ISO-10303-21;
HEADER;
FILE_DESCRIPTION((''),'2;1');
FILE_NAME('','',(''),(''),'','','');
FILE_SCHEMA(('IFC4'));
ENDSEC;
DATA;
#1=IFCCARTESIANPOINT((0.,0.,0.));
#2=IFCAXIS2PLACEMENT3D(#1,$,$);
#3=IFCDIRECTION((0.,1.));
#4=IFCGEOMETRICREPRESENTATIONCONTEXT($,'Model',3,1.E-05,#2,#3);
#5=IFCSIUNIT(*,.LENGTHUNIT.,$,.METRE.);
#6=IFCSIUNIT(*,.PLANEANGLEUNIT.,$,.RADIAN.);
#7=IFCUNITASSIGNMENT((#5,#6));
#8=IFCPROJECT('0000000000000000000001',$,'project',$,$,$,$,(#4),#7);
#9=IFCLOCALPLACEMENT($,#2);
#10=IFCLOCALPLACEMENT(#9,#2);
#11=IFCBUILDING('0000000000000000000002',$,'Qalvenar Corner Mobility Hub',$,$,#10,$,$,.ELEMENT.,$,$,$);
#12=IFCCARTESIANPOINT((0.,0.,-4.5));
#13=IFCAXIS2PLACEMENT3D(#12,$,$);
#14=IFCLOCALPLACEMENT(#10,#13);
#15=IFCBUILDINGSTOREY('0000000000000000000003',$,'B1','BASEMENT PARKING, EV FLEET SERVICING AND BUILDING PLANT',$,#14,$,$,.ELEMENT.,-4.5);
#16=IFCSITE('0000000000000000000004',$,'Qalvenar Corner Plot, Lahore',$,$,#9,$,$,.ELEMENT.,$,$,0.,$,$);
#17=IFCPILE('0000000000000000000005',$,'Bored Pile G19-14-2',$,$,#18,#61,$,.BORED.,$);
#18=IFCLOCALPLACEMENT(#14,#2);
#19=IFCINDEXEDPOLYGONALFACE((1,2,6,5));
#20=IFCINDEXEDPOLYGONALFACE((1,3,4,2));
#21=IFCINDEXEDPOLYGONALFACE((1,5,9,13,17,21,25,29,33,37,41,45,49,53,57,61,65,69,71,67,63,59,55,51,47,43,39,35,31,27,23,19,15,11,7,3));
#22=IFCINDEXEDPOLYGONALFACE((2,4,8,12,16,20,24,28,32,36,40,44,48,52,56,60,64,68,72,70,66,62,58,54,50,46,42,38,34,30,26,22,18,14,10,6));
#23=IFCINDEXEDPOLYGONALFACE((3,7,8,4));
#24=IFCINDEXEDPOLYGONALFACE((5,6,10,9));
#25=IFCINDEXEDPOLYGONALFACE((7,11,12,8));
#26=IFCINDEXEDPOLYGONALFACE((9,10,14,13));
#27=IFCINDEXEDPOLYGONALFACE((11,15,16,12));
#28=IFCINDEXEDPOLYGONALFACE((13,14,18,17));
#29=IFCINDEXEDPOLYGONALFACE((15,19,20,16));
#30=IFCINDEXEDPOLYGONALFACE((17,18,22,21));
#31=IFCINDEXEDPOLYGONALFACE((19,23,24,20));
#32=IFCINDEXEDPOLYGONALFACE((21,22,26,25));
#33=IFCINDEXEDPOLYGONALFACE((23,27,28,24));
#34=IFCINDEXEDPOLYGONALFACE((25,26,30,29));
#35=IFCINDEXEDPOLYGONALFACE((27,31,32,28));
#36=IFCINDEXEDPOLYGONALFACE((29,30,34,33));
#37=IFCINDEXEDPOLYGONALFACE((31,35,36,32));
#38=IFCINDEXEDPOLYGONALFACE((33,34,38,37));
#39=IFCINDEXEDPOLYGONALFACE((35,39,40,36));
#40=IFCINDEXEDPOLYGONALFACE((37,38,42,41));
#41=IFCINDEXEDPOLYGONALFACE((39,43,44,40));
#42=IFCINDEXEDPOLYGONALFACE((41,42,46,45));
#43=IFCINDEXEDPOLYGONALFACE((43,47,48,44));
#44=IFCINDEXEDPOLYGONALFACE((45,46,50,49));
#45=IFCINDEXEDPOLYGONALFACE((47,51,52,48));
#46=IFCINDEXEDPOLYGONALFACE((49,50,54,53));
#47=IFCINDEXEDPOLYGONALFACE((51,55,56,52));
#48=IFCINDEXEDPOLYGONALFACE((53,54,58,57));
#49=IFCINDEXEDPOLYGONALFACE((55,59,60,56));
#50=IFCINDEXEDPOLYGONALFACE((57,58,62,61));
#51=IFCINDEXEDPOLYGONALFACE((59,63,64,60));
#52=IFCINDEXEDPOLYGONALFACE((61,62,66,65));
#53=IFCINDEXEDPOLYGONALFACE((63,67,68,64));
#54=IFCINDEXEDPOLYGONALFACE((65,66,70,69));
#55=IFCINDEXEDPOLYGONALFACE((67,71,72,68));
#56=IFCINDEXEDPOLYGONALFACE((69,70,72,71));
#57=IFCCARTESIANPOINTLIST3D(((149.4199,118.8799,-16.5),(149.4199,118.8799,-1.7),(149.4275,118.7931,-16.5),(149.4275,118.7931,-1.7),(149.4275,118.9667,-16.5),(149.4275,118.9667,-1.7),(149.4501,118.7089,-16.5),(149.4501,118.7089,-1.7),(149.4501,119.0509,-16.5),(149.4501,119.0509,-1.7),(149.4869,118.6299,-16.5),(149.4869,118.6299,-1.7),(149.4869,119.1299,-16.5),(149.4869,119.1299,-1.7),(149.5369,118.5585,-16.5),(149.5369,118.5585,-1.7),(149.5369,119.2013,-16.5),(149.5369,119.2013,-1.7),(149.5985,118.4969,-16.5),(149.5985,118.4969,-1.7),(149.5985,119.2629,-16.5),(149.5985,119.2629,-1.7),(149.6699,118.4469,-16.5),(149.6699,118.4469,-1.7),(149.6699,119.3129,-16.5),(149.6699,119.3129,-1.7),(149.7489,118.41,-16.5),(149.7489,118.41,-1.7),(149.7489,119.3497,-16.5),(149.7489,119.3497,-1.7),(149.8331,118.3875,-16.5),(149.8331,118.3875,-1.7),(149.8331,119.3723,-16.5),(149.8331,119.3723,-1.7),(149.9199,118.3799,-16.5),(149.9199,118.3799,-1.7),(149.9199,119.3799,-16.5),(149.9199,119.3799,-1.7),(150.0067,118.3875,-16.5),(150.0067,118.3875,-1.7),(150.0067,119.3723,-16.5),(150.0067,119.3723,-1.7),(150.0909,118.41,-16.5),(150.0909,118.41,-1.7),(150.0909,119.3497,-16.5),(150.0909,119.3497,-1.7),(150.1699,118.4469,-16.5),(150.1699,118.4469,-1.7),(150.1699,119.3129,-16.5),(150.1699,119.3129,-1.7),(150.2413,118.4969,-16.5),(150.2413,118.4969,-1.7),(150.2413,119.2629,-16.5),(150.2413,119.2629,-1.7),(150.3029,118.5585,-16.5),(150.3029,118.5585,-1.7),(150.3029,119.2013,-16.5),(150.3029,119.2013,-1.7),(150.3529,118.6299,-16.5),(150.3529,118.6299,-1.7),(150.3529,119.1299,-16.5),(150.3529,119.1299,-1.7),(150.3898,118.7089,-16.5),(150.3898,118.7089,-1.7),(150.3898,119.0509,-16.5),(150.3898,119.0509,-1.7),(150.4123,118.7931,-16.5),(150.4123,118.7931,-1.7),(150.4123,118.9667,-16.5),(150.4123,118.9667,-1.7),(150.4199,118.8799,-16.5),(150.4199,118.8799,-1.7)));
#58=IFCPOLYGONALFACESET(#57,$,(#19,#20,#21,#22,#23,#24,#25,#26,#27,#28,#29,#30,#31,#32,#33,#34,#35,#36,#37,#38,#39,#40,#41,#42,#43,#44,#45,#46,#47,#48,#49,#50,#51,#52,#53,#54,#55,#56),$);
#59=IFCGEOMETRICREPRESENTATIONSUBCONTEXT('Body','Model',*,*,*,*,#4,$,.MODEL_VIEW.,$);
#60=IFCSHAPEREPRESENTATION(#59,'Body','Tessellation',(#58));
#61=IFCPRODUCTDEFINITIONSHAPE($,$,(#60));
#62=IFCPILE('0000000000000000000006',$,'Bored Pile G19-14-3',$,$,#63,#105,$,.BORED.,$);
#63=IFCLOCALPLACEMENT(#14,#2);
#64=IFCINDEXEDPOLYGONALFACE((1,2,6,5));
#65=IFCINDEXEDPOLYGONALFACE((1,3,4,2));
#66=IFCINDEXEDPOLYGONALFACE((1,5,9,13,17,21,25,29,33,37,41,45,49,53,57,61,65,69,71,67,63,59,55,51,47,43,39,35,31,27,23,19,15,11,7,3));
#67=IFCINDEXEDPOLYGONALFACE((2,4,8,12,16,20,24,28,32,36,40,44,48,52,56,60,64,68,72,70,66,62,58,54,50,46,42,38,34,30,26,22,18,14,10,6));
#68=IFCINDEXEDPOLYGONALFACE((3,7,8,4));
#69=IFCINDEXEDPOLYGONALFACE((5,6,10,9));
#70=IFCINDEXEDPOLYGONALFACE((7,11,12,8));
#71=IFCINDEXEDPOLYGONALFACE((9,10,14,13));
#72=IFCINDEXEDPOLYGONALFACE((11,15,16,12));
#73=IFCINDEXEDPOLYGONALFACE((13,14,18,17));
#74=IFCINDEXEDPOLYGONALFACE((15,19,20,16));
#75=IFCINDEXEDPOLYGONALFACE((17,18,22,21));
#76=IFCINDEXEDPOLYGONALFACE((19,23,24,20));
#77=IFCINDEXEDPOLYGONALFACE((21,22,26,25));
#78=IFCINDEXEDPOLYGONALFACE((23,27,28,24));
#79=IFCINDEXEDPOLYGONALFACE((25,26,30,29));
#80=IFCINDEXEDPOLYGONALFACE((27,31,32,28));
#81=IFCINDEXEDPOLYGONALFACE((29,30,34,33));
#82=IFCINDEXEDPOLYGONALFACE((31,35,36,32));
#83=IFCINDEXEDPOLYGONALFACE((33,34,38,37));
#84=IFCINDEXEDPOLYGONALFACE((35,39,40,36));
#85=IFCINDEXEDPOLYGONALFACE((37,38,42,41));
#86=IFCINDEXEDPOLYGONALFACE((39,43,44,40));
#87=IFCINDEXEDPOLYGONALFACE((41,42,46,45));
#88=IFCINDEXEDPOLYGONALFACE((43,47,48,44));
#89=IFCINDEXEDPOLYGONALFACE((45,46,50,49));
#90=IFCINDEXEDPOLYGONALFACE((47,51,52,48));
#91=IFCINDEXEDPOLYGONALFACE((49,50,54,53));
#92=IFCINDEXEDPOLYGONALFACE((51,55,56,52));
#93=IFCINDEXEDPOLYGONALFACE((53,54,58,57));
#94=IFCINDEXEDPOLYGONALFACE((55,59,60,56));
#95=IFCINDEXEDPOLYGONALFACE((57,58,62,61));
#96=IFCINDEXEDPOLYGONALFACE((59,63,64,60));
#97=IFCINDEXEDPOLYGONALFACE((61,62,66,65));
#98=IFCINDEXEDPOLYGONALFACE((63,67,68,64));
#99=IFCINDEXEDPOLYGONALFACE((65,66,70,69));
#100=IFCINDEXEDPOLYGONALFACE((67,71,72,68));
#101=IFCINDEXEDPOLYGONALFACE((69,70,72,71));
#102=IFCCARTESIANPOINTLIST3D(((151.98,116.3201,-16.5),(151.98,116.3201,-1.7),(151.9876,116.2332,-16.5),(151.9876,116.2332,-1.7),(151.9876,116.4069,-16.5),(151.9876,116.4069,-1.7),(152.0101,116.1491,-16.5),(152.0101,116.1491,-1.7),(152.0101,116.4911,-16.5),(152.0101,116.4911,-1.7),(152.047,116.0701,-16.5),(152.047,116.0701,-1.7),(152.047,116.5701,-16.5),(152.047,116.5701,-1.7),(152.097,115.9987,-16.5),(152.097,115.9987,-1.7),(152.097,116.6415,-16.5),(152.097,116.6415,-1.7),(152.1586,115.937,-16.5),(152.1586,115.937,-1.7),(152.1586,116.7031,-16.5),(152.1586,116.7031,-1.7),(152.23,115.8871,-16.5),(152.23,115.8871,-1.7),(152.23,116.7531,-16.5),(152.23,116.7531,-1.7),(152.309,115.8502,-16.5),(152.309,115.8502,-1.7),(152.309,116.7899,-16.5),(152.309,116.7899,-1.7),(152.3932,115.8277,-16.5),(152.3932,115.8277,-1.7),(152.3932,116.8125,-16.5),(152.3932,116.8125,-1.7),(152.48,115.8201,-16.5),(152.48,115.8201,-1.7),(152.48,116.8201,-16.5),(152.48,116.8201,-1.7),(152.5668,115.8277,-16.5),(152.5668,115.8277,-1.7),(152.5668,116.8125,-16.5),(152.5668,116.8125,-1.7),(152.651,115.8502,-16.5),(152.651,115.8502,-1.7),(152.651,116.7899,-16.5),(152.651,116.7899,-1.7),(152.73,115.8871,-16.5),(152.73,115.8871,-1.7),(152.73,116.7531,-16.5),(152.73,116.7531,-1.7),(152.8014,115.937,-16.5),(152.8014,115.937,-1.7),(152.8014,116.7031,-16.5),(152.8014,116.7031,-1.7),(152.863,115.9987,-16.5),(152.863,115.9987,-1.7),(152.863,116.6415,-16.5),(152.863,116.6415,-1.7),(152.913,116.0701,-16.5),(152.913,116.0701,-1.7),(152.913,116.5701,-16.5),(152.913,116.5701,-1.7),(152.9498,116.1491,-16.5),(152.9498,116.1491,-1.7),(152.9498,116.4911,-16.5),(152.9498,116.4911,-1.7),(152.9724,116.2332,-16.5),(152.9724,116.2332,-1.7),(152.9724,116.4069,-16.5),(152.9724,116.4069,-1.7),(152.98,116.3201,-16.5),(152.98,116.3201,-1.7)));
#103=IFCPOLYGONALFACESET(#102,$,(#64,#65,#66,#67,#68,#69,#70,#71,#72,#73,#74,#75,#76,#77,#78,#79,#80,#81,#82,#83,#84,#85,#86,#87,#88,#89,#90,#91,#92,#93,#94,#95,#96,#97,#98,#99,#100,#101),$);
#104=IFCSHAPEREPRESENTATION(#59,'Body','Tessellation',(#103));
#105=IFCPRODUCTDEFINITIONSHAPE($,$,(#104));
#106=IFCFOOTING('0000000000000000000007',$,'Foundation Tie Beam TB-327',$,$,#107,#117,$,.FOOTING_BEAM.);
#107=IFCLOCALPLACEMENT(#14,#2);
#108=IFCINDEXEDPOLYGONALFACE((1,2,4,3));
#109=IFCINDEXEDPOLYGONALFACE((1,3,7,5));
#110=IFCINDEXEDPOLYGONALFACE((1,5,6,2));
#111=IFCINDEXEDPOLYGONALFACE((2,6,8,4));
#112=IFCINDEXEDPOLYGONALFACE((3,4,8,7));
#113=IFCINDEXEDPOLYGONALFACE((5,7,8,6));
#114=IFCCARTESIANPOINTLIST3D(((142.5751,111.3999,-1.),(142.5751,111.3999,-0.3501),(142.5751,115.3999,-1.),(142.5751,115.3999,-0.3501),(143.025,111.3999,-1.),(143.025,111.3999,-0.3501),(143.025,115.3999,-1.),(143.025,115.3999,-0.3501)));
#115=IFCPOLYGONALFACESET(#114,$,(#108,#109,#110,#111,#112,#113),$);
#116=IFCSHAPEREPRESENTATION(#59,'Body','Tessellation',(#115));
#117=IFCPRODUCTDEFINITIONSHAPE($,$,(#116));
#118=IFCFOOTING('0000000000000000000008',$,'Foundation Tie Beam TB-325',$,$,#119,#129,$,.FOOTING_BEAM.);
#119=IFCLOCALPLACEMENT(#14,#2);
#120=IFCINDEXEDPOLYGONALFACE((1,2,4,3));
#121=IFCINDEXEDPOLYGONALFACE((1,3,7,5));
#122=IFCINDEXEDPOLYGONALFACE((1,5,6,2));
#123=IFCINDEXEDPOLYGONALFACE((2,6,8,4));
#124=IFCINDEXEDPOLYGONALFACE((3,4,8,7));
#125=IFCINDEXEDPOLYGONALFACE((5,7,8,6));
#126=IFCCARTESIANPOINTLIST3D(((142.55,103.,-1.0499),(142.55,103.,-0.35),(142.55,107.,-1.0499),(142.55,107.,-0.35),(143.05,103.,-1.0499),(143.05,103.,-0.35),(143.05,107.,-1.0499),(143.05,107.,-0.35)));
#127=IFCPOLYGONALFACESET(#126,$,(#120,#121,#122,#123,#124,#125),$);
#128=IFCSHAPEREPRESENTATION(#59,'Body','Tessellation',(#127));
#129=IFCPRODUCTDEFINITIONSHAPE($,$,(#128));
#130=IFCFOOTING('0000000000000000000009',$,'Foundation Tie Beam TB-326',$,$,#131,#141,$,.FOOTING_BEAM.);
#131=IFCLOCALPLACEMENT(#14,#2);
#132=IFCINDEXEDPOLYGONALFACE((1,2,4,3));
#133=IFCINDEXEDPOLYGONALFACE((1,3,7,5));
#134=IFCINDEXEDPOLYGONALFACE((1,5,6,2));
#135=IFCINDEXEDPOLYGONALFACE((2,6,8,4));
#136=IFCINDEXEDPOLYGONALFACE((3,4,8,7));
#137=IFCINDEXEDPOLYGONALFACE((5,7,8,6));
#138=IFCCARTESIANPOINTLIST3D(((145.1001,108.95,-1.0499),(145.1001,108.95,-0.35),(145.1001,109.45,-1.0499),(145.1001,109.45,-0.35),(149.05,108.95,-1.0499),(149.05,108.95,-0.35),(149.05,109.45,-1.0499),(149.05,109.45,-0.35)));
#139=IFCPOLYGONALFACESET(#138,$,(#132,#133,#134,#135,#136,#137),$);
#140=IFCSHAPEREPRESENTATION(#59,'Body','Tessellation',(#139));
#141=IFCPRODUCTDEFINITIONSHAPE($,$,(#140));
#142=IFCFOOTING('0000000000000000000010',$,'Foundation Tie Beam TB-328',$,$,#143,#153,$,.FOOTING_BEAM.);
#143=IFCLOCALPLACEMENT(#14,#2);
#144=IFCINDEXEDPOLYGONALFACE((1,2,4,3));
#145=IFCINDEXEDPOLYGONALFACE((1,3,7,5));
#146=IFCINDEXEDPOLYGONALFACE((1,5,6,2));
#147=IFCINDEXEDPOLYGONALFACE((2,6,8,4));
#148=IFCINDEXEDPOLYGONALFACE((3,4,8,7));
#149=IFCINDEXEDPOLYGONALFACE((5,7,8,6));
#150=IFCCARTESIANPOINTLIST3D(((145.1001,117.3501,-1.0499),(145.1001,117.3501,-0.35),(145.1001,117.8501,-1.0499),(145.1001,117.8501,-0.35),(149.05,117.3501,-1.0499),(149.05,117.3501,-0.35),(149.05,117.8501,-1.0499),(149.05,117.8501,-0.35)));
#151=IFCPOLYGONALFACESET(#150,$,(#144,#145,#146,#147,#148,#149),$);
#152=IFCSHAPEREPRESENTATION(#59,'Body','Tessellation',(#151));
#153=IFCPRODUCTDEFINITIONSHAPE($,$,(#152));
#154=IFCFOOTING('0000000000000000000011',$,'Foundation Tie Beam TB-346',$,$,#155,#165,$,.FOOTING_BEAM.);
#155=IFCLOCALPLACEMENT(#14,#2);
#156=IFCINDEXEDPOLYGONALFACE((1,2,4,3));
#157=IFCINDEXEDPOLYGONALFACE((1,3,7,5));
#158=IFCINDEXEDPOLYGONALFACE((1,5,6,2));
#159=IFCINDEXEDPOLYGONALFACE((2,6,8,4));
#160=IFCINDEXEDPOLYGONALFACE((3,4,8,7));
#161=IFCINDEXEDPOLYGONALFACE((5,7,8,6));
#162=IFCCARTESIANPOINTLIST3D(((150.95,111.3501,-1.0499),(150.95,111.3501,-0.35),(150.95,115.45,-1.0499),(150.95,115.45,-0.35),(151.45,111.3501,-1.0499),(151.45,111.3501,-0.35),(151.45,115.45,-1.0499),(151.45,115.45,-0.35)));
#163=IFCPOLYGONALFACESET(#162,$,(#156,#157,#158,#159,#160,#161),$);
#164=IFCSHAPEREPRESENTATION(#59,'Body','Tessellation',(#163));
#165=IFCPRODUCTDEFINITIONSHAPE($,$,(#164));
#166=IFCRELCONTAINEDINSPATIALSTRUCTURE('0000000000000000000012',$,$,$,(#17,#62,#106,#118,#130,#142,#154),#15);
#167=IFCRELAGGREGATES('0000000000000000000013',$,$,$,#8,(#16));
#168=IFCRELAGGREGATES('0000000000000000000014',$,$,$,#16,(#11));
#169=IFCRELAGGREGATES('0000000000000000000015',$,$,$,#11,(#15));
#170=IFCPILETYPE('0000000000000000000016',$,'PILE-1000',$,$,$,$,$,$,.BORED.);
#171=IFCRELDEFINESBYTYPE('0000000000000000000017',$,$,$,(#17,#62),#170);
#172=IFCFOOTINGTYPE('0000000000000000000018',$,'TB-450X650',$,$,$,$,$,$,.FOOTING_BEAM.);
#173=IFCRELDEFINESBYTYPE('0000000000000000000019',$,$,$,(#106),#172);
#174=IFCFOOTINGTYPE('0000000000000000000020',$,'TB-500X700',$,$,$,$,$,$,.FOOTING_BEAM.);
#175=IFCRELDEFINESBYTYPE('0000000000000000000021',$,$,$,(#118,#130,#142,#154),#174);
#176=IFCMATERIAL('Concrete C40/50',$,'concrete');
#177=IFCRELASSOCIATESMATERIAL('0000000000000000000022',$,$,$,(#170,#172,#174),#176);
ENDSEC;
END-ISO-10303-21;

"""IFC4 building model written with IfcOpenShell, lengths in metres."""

from ifc_helpers import new_model, si_unit, direction, frame, origin, origin_2d, place, context, subcontext, project, spatial, rectangle, circle, extrude, material, material_profile, profile_set, type_object, element, save


model = new_model("IFC4")

# Units and contexts
model_context = context("Model", 3, precision=1e-05, world=origin(), true_north=direction((0.0, 1.0)))
body_context = subcontext(model_context, "Body", "Model", "MODEL_VIEW")
ifc_project = project(units=[si_unit("LENGTHUNIT", "METRE"), si_unit("PLANEANGLEUNIT", "RADIAN")], contexts=[model_context])

# Site, building, storey
site_placement = place(None, origin())
site = spatial("IfcSite", under=ifc_project, at=site_placement, Name="Qalvenar Corner Plot, Lahore", CompositionType="ELEMENT", RefElevation=0.0)
building_placement = place(site_placement, origin())
building = spatial("IfcBuilding", under=site, at=building_placement, Name="Qalvenar Corner Mobility Hub", CompositionType="ELEMENT")
storey_placement = place(building_placement, frame((0.0, 0.0, -4.5)))
storey = spatial("IfcBuildingStorey", under=building, at=storey_placement, Name="B1", Description="BASEMENT PARKING, EV FLEET SERVICING AND BUILDING PLANT", CompositionType="ELEMENT", Elevation=-4.5)

# Shared definitions
ifc_material_1 = material(Name="Concrete C40/50", Category="concrete")

# Piles
ifc_material_profile_1 = material_profile(ifc_material_1, circle(Radius=0.5, at=origin_2d()), Name="DIA1000")
ifc_profile_set_1 = profile_set([ifc_material_profile_1], Name="Concrete C40/50")
pile_type = type_object("IfcPileType", Name="PILE-1000", PredefinedType="BORED", material=ifc_profile_set_1)
for number, where, z_axis, x_axis, name in (
    (1, (149.9199, 118.8799, -1.7), (0.0, 0.0, -1.0), (1.0, 0.0, 0.0), "Bored Pile G19-14-2"),
    (2, (152.48, 116.3201, -1.7), (0.0, 0.0, -1.0), (1.0, 0.0, 0.0), "Bored Pile G19-14-3"),
):
    element("IfcPile", number, at=place(storey_placement, frame(where, z_axis=z_axis, x_axis=x_axis)), inside=storey, type_object=pile_type, Name=name, PredefinedType="BORED", context=body_context, shape_type="SweptSolid", body=[
        extrude(circle(Radius=0.5, at=origin_2d()), origin(), (0.0, 0.0, 1.0), 14.8),
    ])

# Footings
ifc_material_profile_2 = material_profile(ifc_material_1, rectangle(XDim=0.45, YDim=0.6499, at=origin_2d()), Name="RC450x650")
ifc_profile_set_2 = profile_set([ifc_material_profile_2], Name="Concrete C40/50")
footing_type_1 = type_object("IfcFootingType", Name="TB-450X650", PredefinedType="FOOTING_BEAM", material=ifc_profile_set_2)
footing_1_placement = place(storey_placement, frame((142.8, 111.3999, -0.675), z_axis=(0.0, 1.0, 0.0), x_axis=(-1.0, 0.0, 0.0)))
element("IfcFooting", 3, at=footing_1_placement, inside=storey, type_object=footing_type_1, Name="Foundation Tie Beam TB-327", PredefinedType="FOOTING_BEAM", context=body_context, shape_type="SweptSolid", body=[
    extrude(rectangle(XDim=0.45, YDim=0.6499, at=origin_2d()), origin(), (0.0, 0.0, 1.0), 4.0),
])
ifc_material_profile_3 = material_profile(ifc_material_1, rectangle(XDim=0.5, YDim=0.7, at=origin_2d()), Name="RC500x700")
ifc_profile_set_3 = profile_set([ifc_material_profile_3], Name="Concrete C40/50")
footing_type_2 = type_object("IfcFootingType", Name="TB-500X700", PredefinedType="FOOTING_BEAM", material=ifc_profile_set_3)
footing_2_placement = place(storey_placement, frame((142.8, 103.0, -0.7), z_axis=(0.0, 1.0, 0.0), x_axis=(-1.0, 0.0, 0.0)))
element("IfcFooting", 4, at=footing_2_placement, inside=storey, type_object=footing_type_2, Name="Foundation Tie Beam TB-325", PredefinedType="FOOTING_BEAM", context=body_context, shape_type="SweptSolid", body=[
    extrude(rectangle(XDim=0.5, YDim=0.7, at=origin_2d()), origin(), (0.0, 0.0, 1.0), 4.0),
])
for number, where, z_axis, x_axis, name in (
    (5, (145.1001, 109.2, -0.7), (1.0, 0.0, 0.0), (0.0, 1.0, 0.0), "Foundation Tie Beam TB-326"),
    (6, (145.1001, 117.6001, -0.7), (1.0, 0.0, 0.0), (0.0, 1.0, 0.0), "Foundation Tie Beam TB-328"),
):
    element("IfcFooting", number, at=place(storey_placement, frame(where, z_axis=z_axis, x_axis=x_axis)), inside=storey, type_object=footing_type_2, Name=name, PredefinedType="FOOTING_BEAM", context=body_context, shape_type="SweptSolid", body=[
        extrude(rectangle(XDim=0.5, YDim=0.7, at=origin_2d()), origin(), (0.0, 0.0, 1.0), 3.95),
    ])
footing_3_placement = place(storey_placement, frame((151.2, 111.3501, -0.7), z_axis=(0.0, 1.0, 0.0), x_axis=(-1.0, 0.0, 0.0)))
element("IfcFooting", 7, at=footing_3_placement, inside=storey, type_object=footing_type_2, Name="Foundation Tie Beam TB-346", PredefinedType="FOOTING_BEAM", context=body_context, shape_type="SweptSolid", body=[
    extrude(rectangle(XDim=0.5, YDim=0.7, at=origin_2d()), origin(), (0.0, 0.0, 1.0), 4.0999),
])

save(model, "model.ifc")
